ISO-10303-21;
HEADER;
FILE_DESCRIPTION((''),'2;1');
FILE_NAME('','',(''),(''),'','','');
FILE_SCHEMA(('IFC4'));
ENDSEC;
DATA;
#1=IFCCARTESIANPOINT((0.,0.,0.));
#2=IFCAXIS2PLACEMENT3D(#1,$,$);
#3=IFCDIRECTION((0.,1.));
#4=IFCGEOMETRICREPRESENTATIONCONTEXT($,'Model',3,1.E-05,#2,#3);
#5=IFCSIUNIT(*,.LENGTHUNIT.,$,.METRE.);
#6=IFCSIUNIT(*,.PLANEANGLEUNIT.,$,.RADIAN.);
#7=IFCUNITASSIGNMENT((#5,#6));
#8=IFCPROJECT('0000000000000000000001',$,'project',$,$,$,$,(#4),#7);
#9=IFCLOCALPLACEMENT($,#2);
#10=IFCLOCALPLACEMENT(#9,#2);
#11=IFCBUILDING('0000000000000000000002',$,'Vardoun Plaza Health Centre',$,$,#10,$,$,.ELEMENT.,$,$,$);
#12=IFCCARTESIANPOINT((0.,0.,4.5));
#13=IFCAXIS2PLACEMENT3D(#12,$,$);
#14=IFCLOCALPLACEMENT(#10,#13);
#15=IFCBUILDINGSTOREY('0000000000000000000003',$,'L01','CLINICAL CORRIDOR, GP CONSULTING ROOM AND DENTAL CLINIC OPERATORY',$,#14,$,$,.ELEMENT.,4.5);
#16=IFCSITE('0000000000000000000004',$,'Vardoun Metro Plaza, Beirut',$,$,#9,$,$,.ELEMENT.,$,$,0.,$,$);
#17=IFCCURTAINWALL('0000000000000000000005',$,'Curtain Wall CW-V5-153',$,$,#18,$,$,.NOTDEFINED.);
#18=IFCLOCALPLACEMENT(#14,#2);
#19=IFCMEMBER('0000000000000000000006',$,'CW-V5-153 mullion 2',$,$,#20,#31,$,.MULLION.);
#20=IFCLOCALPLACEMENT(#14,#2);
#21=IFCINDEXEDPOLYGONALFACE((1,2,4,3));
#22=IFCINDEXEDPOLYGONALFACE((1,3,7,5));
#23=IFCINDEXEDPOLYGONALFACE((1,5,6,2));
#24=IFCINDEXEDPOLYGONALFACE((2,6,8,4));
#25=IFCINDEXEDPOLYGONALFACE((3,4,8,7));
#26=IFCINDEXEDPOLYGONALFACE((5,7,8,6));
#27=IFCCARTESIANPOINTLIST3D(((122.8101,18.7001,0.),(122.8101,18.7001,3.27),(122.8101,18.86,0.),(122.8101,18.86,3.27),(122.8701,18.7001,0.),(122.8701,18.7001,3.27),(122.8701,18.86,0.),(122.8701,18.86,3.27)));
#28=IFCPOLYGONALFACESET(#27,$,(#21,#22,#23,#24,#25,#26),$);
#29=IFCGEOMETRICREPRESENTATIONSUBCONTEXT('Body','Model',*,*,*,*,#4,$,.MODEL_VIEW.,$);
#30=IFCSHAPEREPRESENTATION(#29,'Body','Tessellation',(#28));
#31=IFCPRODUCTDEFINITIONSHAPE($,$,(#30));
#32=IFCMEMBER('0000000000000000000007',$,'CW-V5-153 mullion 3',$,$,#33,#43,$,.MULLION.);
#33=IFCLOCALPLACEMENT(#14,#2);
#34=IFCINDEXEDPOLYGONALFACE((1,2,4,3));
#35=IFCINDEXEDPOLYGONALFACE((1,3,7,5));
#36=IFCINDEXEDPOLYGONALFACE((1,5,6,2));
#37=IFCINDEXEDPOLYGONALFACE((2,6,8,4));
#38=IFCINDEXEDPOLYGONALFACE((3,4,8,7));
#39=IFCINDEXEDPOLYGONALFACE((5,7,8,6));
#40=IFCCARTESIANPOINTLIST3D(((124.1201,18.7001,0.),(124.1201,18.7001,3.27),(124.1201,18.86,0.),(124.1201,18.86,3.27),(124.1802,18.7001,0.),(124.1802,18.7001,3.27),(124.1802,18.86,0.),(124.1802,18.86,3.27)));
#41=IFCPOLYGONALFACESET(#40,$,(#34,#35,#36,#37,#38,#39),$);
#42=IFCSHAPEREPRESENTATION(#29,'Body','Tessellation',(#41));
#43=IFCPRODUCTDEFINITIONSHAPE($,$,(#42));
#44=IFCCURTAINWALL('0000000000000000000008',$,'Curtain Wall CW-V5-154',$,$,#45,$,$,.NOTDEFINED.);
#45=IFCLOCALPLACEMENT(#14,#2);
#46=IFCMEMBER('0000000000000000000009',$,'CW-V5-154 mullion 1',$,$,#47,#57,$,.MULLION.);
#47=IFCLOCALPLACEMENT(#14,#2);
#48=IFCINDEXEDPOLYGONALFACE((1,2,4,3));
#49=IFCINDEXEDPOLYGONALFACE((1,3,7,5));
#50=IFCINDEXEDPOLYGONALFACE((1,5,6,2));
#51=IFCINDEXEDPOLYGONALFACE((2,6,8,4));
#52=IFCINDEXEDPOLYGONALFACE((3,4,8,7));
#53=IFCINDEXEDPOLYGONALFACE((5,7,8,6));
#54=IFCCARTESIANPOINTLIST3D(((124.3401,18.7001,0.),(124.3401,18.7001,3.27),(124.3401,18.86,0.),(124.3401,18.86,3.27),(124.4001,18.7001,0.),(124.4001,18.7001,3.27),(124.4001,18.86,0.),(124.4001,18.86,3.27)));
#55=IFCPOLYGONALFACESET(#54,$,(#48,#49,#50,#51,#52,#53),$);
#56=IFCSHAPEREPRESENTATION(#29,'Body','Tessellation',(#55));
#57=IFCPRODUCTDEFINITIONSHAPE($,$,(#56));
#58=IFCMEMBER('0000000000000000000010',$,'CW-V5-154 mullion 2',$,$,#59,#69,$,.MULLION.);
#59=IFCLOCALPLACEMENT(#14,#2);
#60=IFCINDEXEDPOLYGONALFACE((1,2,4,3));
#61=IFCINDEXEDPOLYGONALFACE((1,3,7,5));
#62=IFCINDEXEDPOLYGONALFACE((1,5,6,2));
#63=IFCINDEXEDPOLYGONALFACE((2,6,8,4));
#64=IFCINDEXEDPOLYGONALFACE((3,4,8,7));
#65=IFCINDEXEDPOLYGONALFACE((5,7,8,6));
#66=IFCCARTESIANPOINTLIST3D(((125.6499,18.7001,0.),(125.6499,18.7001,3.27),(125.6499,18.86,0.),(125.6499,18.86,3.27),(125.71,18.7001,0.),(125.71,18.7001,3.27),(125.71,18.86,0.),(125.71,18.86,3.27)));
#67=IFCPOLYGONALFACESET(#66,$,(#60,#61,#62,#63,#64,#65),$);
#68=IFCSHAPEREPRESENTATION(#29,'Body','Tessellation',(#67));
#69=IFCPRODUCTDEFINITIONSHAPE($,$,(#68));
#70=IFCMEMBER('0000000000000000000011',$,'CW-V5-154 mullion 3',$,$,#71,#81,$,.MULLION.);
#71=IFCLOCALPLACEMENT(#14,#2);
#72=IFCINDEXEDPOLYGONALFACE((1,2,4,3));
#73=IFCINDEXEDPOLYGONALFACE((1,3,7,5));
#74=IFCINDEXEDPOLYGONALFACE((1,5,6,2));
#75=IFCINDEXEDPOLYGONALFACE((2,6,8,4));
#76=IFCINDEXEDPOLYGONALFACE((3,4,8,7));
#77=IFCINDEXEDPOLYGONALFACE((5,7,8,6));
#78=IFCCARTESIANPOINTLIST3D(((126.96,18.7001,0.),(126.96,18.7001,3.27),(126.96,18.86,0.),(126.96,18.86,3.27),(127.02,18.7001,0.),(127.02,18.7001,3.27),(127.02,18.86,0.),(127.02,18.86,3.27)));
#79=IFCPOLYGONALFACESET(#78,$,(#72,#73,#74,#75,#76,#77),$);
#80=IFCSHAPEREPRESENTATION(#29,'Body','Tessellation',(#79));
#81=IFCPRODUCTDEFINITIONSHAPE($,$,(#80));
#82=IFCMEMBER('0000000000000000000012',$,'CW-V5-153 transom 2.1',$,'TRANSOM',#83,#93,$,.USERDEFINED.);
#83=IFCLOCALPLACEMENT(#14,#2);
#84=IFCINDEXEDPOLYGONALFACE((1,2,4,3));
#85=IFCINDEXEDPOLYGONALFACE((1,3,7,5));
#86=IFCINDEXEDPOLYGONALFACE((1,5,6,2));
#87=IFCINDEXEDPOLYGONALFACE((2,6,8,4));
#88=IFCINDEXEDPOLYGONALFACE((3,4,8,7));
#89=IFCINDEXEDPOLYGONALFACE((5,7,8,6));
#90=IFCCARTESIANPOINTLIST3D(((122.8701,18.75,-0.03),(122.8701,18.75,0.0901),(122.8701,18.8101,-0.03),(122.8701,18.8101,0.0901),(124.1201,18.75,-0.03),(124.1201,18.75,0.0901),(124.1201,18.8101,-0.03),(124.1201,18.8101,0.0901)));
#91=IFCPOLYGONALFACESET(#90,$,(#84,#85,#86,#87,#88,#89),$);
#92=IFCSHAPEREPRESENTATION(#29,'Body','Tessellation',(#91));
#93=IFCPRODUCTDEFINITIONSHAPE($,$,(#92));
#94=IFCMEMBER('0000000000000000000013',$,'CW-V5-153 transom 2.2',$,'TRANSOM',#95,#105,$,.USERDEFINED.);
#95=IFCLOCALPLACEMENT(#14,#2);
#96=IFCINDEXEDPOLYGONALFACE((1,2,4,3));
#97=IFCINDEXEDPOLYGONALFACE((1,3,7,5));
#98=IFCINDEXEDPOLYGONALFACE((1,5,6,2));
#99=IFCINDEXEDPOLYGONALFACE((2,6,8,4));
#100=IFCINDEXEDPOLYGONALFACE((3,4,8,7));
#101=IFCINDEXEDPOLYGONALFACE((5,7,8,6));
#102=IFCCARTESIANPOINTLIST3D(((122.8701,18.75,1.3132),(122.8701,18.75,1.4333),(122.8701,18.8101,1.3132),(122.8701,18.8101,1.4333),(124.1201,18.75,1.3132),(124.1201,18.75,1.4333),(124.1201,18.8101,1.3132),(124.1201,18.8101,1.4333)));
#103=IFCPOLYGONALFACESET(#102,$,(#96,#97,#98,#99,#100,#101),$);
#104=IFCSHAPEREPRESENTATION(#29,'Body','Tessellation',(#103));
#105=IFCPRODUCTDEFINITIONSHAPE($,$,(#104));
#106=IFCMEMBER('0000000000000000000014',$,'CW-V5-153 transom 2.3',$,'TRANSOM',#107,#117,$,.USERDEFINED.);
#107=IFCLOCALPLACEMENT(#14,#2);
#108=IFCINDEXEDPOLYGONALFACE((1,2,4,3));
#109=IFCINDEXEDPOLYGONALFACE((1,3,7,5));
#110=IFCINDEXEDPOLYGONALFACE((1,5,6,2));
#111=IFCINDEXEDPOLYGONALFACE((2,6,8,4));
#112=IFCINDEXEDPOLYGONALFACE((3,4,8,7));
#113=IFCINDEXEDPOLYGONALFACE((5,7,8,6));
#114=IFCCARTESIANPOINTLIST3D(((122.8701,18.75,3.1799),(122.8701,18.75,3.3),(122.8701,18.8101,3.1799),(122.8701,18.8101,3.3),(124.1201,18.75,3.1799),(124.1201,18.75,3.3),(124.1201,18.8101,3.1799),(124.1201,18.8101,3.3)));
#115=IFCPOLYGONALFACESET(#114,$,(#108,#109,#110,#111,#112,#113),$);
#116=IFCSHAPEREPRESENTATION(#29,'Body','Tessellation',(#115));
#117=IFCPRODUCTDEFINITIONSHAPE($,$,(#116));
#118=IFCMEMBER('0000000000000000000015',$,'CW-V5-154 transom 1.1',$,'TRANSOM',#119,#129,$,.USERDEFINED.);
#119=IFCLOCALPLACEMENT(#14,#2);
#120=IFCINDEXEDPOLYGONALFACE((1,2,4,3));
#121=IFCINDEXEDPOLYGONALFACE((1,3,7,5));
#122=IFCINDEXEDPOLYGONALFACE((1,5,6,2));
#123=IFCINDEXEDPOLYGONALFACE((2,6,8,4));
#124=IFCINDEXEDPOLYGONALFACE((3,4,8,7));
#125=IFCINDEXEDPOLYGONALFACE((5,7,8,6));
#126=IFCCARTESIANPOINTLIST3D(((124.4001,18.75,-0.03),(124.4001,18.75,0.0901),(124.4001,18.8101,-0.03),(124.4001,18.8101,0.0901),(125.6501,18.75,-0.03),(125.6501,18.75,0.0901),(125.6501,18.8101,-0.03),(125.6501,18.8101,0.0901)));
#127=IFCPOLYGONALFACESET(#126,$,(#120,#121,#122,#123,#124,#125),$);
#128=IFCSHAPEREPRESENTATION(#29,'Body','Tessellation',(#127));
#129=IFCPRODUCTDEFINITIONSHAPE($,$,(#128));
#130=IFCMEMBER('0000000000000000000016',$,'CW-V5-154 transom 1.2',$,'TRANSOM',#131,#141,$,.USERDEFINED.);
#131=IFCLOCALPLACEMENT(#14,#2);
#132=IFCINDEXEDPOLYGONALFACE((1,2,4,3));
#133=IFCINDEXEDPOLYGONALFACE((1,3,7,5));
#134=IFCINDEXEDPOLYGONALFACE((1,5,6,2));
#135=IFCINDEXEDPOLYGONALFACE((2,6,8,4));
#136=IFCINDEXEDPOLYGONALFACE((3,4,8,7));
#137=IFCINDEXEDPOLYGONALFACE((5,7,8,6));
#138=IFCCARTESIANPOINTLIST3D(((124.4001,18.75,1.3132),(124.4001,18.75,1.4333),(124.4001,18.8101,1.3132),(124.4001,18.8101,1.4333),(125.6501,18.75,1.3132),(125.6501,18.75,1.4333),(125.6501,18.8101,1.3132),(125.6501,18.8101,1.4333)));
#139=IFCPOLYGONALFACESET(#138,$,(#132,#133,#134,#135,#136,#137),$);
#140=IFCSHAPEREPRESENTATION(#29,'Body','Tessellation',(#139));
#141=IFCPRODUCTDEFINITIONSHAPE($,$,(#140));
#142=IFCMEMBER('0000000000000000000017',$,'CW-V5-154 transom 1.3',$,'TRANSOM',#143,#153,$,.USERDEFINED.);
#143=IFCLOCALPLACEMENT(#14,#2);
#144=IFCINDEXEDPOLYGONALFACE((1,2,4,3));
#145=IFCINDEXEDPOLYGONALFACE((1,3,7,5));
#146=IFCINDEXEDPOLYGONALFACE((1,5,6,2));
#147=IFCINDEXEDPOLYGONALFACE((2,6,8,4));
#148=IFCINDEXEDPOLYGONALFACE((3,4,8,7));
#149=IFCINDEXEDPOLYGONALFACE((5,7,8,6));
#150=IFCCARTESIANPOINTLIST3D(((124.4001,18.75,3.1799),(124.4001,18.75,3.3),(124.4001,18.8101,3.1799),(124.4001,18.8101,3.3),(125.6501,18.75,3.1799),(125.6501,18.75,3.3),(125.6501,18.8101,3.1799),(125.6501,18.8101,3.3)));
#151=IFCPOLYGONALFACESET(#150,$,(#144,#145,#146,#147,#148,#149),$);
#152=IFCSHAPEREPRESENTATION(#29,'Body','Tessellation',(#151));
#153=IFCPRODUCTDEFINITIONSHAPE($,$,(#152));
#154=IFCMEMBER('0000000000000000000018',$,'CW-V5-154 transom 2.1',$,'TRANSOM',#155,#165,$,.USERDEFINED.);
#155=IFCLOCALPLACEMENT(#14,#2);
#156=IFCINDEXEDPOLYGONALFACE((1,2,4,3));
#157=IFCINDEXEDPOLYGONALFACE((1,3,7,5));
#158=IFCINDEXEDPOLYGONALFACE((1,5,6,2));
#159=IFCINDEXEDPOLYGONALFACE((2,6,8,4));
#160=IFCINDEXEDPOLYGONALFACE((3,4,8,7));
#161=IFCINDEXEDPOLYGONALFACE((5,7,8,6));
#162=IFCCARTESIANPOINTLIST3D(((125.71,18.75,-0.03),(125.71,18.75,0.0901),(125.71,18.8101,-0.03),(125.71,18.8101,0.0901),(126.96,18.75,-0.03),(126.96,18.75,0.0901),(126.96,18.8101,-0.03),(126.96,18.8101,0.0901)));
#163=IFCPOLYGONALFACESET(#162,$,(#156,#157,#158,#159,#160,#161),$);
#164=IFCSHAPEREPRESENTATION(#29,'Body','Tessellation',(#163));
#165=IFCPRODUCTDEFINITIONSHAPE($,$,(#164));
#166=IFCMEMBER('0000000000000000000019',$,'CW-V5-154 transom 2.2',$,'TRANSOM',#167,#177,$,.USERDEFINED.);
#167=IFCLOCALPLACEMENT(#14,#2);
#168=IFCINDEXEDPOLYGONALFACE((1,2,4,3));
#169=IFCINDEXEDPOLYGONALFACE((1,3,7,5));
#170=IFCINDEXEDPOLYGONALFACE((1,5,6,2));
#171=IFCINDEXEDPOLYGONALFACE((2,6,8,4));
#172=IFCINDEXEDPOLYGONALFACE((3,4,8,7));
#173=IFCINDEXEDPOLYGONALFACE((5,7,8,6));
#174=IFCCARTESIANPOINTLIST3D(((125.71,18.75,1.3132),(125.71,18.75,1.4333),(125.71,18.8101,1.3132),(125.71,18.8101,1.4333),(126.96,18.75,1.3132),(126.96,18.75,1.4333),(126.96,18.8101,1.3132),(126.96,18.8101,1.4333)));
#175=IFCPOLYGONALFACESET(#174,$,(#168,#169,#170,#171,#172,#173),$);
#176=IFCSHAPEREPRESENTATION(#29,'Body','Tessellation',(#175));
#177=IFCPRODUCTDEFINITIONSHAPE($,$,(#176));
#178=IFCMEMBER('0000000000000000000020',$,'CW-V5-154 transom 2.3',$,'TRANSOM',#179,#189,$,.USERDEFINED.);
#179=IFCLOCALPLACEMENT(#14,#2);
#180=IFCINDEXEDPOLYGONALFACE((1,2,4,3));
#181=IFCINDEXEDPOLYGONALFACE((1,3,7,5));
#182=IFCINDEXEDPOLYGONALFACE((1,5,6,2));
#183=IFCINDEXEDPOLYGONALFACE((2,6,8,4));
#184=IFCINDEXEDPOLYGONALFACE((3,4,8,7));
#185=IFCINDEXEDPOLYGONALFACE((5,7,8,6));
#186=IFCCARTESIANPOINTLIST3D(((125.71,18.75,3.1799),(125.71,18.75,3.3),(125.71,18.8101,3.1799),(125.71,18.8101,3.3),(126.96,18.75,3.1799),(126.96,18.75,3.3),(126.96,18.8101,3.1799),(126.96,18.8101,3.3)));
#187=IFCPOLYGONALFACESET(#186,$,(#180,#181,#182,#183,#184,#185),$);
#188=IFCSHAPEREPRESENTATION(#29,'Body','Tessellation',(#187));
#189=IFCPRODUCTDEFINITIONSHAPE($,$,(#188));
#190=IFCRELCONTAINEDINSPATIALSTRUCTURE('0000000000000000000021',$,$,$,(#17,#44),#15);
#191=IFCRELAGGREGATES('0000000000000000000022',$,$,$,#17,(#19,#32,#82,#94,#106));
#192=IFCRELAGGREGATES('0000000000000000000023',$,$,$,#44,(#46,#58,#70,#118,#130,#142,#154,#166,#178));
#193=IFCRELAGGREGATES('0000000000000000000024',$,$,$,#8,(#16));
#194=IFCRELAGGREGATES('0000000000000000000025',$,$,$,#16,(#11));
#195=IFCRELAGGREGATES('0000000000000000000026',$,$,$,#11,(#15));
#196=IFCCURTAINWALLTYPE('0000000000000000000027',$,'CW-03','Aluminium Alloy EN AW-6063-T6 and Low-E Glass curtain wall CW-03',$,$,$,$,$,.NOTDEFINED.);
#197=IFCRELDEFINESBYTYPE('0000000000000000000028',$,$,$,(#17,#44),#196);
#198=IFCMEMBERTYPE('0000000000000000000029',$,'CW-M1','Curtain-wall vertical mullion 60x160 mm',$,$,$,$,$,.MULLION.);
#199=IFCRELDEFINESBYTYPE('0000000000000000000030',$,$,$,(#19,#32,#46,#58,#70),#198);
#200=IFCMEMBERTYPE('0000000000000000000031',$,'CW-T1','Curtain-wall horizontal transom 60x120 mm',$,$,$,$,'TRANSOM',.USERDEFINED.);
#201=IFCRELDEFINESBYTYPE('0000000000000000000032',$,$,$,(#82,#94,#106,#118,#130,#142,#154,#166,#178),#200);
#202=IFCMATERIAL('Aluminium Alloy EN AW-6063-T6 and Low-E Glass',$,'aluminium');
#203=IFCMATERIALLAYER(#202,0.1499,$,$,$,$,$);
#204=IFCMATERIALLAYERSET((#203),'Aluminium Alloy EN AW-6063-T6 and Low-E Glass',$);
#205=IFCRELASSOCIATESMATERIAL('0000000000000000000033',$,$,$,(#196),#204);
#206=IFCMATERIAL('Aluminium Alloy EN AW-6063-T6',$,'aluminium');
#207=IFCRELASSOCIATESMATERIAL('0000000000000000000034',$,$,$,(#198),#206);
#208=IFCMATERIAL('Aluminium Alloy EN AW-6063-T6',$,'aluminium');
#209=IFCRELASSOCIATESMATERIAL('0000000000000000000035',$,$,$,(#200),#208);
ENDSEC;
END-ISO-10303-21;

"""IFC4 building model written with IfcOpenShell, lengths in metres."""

from ifc_helpers import new_model, si_unit, direction, frame, origin, origin_2d, place, context, subcontext, project, spatial, rectangle, extrude, material, layer, layer_set, material_profile, profile_set, type_object, element, aggregate, save


model = new_model("IFC4")

# Units and contexts
model_context = context("Model", 3, precision=1e-05, world=origin(), true_north=direction((0.0, 1.0)))
body_context = subcontext(model_context, "Body", "Model", "MODEL_VIEW")
ifc_project = project(units=[si_unit("LENGTHUNIT", "METRE"), si_unit("PLANEANGLEUNIT", "RADIAN")], contexts=[model_context])

# Site, building, storey
site_placement = place(None, origin())
site = spatial("IfcSite", under=ifc_project, at=site_placement, Name="Vardoun Metro Plaza, Beirut", CompositionType="ELEMENT", RefElevation=0.0)
building_placement = place(site_placement, origin())
building = spatial("IfcBuilding", under=site, at=building_placement, Name="Vardoun Plaza Health Centre", CompositionType="ELEMENT")
storey_placement = place(building_placement, frame((0.0, 0.0, 4.5)))
storey = spatial("IfcBuildingStorey", under=building, at=storey_placement, Name="L01", Description="CLINICAL CORRIDOR, GP CONSULTING ROOM AND DENTAL CLINIC OPERATORY", CompositionType="ELEMENT", Elevation=4.5)

# Curtain walls, members
ifc_material_1 = material(Name="Aluminium Alloy EN AW-6063-T6 and Low-E Glass", Category="aluminium")
ifc_layer_1 = layer(ifc_material_1, 0.1499)
ifc_layer_set_1 = layer_set([ifc_layer_1], Name="Aluminium Alloy EN AW-6063-T6 and Low-E Glass")
curtain_wall_type = type_object("IfcCurtainWallType", Name="CW-03", Description="Aluminium Alloy EN AW-6063-T6 and Low-E Glass curtain wall CW-03", PredefinedType="NOTDEFINED", material=ifc_layer_set_1)
curtain_wall_1_placement = place(storey_placement, origin())
curtain_wall_1 = element("IfcCurtainWall", 1, at=curtain_wall_1_placement, inside=storey, type_object=curtain_wall_type, Name="Curtain Wall CW-V5-153", PredefinedType="NOTDEFINED")
ifc_material_2 = material(Name="Aluminium Alloy EN AW-6063-T6", Category="aluminium")
ifc_material_profile_1 = material_profile(ifc_material_2, rectangle(XDim=0.1599, YDim=0.0601, at=origin_2d()), Name="CWM 60x160")
ifc_profile_set_1 = profile_set([ifc_material_profile_1], Name="Aluminium Alloy EN AW-6063-T6")
member_type_1 = type_object("IfcMemberType", Name="CW-M1", Description="Curtain-wall vertical mullion 60x160 mm", PredefinedType="MULLION", material=ifc_profile_set_1)
member_1_placement = place(storey_placement, frame((122.8401, 18.78, 0.0), z_axis=(0.0, 0.0, 1.0), x_axis=(0.0, 1.0, 0.0)))
member_1 = element("IfcMember", 2, at=member_1_placement, type_object=member_type_1, Name="CW-V5-153 mullion 2", PredefinedType="MULLION", context=body_context, shape_type="SweptSolid", body=[
    extrude(rectangle(XDim=0.1599, YDim=0.0601, at=origin_2d()), origin(), (0.0, 0.0, 1.0), 3.27),
])
member_2_placement = place(storey_placement, frame((124.1501, 18.78, 0.0), z_axis=(0.0, 0.0, 1.0), x_axis=(0.0, 1.0, 0.0)))
member_2 = element("IfcMember", 3, at=member_2_placement, type_object=member_type_1, Name="CW-V5-153 mullion 3", PredefinedType="MULLION", context=body_context, shape_type="SweptSolid", body=[
    extrude(rectangle(XDim=0.1599, YDim=0.0601, at=origin_2d()), origin(), (0.0, 0.0, 1.0), 3.27),
])
curtain_wall_2_placement = place(storey_placement, origin())
curtain_wall_2 = element("IfcCurtainWall", 4, at=curtain_wall_2_placement, inside=storey, type_object=curtain_wall_type, Name="Curtain Wall CW-V5-154", PredefinedType="NOTDEFINED")
member_3_placement = place(storey_placement, frame((124.3701, 18.78, 0.0), z_axis=(0.0, 0.0, 1.0), x_axis=(0.0, 1.0, 0.0)))
member_3 = element("IfcMember", 5, at=member_3_placement, type_object=member_type_1, Name="CW-V5-154 mullion 1", PredefinedType="MULLION", context=body_context, shape_type="SweptSolid", body=[
    extrude(rectangle(XDim=0.1599, YDim=0.0601, at=origin_2d()), origin(), (0.0, 0.0, 1.0), 3.27),
])
member_4_placement = place(storey_placement, frame((125.6799, 18.78, 0.0), z_axis=(0.0, 0.0, 1.0), x_axis=(0.0, 1.0, 0.0)))
member_4 = element("IfcMember", 6, at=member_4_placement, type_object=member_type_1, Name="CW-V5-154 mullion 2", PredefinedType="MULLION", context=body_context, shape_type="SweptSolid", body=[
    extrude(rectangle(XDim=0.1599, YDim=0.0601, at=origin_2d()), origin(), (0.0, 0.0, 1.0), 3.27),
])
member_5_placement = place(storey_placement, frame((126.99, 18.78, 0.0), z_axis=(0.0, 0.0, 1.0), x_axis=(0.0, 1.0, 0.0)))
member_5 = element("IfcMember", 7, at=member_5_placement, type_object=member_type_1, Name="CW-V5-154 mullion 3", PredefinedType="MULLION", context=body_context, shape_type="SweptSolid", body=[
    extrude(rectangle(XDim=0.1599, YDim=0.0601, at=origin_2d()), origin(), (0.0, 0.0, 1.0), 3.27),
])

# Members
ifc_material_3 = material(Name="Aluminium Alloy EN AW-6063-T6", Category="aluminium")
ifc_material_profile_2 = material_profile(ifc_material_3, rectangle(XDim=0.0601, YDim=0.1201, at=origin_2d()), Name="CWT 60x120")
ifc_profile_set_2 = profile_set([ifc_material_profile_2], Name="Aluminium Alloy EN AW-6063-T6")
member_type_2 = type_object("IfcMemberType", Name="CW-T1", Description="Curtain-wall horizontal transom 60x120 mm", ElementType="TRANSOM", PredefinedType="USERDEFINED", material=ifc_profile_set_2)
member_6_placement = place(storey_placement, frame((122.8701, 18.78, 0.03), z_axis=(1.0, 0.0, 0.0), x_axis=(0.0, 1.0, 0.0)))
member_6 = element("IfcMember", 8, at=member_6_placement, type_object=member_type_2, Name="CW-V5-153 transom 2.1", ObjectType="TRANSOM", PredefinedType="USERDEFINED", context=body_context, shape_type="SweptSolid", body=[
    extrude(rectangle(XDim=0.0601, YDim=0.1201, at=origin_2d()), origin(), (0.0, 0.0, 1.0), 1.25),
])
member_7_placement = place(storey_placement, frame((122.8701, 18.78, 1.3733), z_axis=(1.0, 0.0, 0.0), x_axis=(0.0, 1.0, 0.0)))
member_7 = element("IfcMember", 9, at=member_7_placement, type_object=member_type_2, Name="CW-V5-153 transom 2.2", ObjectType="TRANSOM", PredefinedType="USERDEFINED", context=body_context, shape_type="SweptSolid", body=[
    extrude(rectangle(XDim=0.0601, YDim=0.1201, at=origin_2d()), origin(), (0.0, 0.0, 1.0), 1.25),
])
member_8_placement = place(storey_placement, frame((122.8701, 18.78, 3.24), z_axis=(1.0, 0.0, 0.0), x_axis=(0.0, 1.0, 0.0)))
member_8 = element("IfcMember", 10, at=member_8_placement, type_object=member_type_2, Name="CW-V5-153 transom 2.3", ObjectType="TRANSOM", PredefinedType="USERDEFINED", context=body_context, shape_type="SweptSolid", body=[
    extrude(rectangle(XDim=0.0601, YDim=0.1201, at=origin_2d()), origin(), (0.0, 0.0, 1.0), 1.25),
])
member_9_placement = place(storey_placement, frame((124.4001, 18.78, 0.03), z_axis=(1.0, 0.0, 0.0), x_axis=(0.0, 1.0, 0.0)))
member_9 = element("IfcMember", 11, at=member_9_placement, type_object=member_type_2, Name="CW-V5-154 transom 1.1", ObjectType="TRANSOM", PredefinedType="USERDEFINED", context=body_context, shape_type="SweptSolid", body=[
    extrude(rectangle(XDim=0.0601, YDim=0.1201, at=origin_2d()), origin(), (0.0, 0.0, 1.0), 1.25),
])
member_10_placement = place(storey_placement, frame((124.4001, 18.78, 1.3733), z_axis=(1.0, 0.0, 0.0), x_axis=(0.0, 1.0, 0.0)))
member_10 = element("IfcMember", 12, at=member_10_placement, type_object=member_type_2, Name="CW-V5-154 transom 1.2", ObjectType="TRANSOM", PredefinedType="USERDEFINED", context=body_context, shape_type="SweptSolid", body=[
    extrude(rectangle(XDim=0.0601, YDim=0.1201, at=origin_2d()), origin(), (0.0, 0.0, 1.0), 1.25),
])
member_11_placement = place(storey_placement, frame((124.4001, 18.78, 3.24), z_axis=(1.0, 0.0, 0.0), x_axis=(0.0, 1.0, 0.0)))
member_11 = element("IfcMember", 13, at=member_11_placement, type_object=member_type_2, Name="CW-V5-154 transom 1.3", ObjectType="TRANSOM", PredefinedType="USERDEFINED", context=body_context, shape_type="SweptSolid", body=[
    extrude(rectangle(XDim=0.0601, YDim=0.1201, at=origin_2d()), origin(), (0.0, 0.0, 1.0), 1.25),
])
member_12_placement = place(storey_placement, frame((125.71, 18.78, 0.03), z_axis=(1.0, 0.0, 0.0), x_axis=(0.0, 1.0, 0.0)))
member_12 = element("IfcMember", 14, at=member_12_placement, type_object=member_type_2, Name="CW-V5-154 transom 2.1", ObjectType="TRANSOM", PredefinedType="USERDEFINED", context=body_context, shape_type="SweptSolid", body=[
    extrude(rectangle(XDim=0.0601, YDim=0.1201, at=origin_2d()), origin(), (0.0, 0.0, 1.0), 1.25),
])
member_13_placement = place(storey_placement, frame((125.71, 18.78, 1.3733), z_axis=(1.0, 0.0, 0.0), x_axis=(0.0, 1.0, 0.0)))
member_13 = element("IfcMember", 15, at=member_13_placement, type_object=member_type_2, Name="CW-V5-154 transom 2.2", ObjectType="TRANSOM", PredefinedType="USERDEFINED", context=body_context, shape_type="SweptSolid", body=[
    extrude(rectangle(XDim=0.0601, YDim=0.1201, at=origin_2d()), origin(), (0.0, 0.0, 1.0), 1.25),
])
member_14_placement = place(storey_placement, frame((125.71, 18.78, 3.24), z_axis=(1.0, 0.0, 0.0), x_axis=(0.0, 1.0, 0.0)))
member_14 = element("IfcMember", 16, at=member_14_placement, type_object=member_type_2, Name="CW-V5-154 transom 2.3", ObjectType="TRANSOM", PredefinedType="USERDEFINED", context=body_context, shape_type="SweptSolid", body=[
    extrude(rectangle(XDim=0.0601, YDim=0.1201, at=origin_2d()), origin(), (0.0, 0.0, 1.0), 1.25),
])

aggregate(curtain_wall_1, [member_1, member_2, member_6, member_7, member_8])
aggregate(curtain_wall_2, [member_3, member_4, member_5, member_9, member_10, member_11, member_12, member_13, member_14])

save(model, "model.ifc")
